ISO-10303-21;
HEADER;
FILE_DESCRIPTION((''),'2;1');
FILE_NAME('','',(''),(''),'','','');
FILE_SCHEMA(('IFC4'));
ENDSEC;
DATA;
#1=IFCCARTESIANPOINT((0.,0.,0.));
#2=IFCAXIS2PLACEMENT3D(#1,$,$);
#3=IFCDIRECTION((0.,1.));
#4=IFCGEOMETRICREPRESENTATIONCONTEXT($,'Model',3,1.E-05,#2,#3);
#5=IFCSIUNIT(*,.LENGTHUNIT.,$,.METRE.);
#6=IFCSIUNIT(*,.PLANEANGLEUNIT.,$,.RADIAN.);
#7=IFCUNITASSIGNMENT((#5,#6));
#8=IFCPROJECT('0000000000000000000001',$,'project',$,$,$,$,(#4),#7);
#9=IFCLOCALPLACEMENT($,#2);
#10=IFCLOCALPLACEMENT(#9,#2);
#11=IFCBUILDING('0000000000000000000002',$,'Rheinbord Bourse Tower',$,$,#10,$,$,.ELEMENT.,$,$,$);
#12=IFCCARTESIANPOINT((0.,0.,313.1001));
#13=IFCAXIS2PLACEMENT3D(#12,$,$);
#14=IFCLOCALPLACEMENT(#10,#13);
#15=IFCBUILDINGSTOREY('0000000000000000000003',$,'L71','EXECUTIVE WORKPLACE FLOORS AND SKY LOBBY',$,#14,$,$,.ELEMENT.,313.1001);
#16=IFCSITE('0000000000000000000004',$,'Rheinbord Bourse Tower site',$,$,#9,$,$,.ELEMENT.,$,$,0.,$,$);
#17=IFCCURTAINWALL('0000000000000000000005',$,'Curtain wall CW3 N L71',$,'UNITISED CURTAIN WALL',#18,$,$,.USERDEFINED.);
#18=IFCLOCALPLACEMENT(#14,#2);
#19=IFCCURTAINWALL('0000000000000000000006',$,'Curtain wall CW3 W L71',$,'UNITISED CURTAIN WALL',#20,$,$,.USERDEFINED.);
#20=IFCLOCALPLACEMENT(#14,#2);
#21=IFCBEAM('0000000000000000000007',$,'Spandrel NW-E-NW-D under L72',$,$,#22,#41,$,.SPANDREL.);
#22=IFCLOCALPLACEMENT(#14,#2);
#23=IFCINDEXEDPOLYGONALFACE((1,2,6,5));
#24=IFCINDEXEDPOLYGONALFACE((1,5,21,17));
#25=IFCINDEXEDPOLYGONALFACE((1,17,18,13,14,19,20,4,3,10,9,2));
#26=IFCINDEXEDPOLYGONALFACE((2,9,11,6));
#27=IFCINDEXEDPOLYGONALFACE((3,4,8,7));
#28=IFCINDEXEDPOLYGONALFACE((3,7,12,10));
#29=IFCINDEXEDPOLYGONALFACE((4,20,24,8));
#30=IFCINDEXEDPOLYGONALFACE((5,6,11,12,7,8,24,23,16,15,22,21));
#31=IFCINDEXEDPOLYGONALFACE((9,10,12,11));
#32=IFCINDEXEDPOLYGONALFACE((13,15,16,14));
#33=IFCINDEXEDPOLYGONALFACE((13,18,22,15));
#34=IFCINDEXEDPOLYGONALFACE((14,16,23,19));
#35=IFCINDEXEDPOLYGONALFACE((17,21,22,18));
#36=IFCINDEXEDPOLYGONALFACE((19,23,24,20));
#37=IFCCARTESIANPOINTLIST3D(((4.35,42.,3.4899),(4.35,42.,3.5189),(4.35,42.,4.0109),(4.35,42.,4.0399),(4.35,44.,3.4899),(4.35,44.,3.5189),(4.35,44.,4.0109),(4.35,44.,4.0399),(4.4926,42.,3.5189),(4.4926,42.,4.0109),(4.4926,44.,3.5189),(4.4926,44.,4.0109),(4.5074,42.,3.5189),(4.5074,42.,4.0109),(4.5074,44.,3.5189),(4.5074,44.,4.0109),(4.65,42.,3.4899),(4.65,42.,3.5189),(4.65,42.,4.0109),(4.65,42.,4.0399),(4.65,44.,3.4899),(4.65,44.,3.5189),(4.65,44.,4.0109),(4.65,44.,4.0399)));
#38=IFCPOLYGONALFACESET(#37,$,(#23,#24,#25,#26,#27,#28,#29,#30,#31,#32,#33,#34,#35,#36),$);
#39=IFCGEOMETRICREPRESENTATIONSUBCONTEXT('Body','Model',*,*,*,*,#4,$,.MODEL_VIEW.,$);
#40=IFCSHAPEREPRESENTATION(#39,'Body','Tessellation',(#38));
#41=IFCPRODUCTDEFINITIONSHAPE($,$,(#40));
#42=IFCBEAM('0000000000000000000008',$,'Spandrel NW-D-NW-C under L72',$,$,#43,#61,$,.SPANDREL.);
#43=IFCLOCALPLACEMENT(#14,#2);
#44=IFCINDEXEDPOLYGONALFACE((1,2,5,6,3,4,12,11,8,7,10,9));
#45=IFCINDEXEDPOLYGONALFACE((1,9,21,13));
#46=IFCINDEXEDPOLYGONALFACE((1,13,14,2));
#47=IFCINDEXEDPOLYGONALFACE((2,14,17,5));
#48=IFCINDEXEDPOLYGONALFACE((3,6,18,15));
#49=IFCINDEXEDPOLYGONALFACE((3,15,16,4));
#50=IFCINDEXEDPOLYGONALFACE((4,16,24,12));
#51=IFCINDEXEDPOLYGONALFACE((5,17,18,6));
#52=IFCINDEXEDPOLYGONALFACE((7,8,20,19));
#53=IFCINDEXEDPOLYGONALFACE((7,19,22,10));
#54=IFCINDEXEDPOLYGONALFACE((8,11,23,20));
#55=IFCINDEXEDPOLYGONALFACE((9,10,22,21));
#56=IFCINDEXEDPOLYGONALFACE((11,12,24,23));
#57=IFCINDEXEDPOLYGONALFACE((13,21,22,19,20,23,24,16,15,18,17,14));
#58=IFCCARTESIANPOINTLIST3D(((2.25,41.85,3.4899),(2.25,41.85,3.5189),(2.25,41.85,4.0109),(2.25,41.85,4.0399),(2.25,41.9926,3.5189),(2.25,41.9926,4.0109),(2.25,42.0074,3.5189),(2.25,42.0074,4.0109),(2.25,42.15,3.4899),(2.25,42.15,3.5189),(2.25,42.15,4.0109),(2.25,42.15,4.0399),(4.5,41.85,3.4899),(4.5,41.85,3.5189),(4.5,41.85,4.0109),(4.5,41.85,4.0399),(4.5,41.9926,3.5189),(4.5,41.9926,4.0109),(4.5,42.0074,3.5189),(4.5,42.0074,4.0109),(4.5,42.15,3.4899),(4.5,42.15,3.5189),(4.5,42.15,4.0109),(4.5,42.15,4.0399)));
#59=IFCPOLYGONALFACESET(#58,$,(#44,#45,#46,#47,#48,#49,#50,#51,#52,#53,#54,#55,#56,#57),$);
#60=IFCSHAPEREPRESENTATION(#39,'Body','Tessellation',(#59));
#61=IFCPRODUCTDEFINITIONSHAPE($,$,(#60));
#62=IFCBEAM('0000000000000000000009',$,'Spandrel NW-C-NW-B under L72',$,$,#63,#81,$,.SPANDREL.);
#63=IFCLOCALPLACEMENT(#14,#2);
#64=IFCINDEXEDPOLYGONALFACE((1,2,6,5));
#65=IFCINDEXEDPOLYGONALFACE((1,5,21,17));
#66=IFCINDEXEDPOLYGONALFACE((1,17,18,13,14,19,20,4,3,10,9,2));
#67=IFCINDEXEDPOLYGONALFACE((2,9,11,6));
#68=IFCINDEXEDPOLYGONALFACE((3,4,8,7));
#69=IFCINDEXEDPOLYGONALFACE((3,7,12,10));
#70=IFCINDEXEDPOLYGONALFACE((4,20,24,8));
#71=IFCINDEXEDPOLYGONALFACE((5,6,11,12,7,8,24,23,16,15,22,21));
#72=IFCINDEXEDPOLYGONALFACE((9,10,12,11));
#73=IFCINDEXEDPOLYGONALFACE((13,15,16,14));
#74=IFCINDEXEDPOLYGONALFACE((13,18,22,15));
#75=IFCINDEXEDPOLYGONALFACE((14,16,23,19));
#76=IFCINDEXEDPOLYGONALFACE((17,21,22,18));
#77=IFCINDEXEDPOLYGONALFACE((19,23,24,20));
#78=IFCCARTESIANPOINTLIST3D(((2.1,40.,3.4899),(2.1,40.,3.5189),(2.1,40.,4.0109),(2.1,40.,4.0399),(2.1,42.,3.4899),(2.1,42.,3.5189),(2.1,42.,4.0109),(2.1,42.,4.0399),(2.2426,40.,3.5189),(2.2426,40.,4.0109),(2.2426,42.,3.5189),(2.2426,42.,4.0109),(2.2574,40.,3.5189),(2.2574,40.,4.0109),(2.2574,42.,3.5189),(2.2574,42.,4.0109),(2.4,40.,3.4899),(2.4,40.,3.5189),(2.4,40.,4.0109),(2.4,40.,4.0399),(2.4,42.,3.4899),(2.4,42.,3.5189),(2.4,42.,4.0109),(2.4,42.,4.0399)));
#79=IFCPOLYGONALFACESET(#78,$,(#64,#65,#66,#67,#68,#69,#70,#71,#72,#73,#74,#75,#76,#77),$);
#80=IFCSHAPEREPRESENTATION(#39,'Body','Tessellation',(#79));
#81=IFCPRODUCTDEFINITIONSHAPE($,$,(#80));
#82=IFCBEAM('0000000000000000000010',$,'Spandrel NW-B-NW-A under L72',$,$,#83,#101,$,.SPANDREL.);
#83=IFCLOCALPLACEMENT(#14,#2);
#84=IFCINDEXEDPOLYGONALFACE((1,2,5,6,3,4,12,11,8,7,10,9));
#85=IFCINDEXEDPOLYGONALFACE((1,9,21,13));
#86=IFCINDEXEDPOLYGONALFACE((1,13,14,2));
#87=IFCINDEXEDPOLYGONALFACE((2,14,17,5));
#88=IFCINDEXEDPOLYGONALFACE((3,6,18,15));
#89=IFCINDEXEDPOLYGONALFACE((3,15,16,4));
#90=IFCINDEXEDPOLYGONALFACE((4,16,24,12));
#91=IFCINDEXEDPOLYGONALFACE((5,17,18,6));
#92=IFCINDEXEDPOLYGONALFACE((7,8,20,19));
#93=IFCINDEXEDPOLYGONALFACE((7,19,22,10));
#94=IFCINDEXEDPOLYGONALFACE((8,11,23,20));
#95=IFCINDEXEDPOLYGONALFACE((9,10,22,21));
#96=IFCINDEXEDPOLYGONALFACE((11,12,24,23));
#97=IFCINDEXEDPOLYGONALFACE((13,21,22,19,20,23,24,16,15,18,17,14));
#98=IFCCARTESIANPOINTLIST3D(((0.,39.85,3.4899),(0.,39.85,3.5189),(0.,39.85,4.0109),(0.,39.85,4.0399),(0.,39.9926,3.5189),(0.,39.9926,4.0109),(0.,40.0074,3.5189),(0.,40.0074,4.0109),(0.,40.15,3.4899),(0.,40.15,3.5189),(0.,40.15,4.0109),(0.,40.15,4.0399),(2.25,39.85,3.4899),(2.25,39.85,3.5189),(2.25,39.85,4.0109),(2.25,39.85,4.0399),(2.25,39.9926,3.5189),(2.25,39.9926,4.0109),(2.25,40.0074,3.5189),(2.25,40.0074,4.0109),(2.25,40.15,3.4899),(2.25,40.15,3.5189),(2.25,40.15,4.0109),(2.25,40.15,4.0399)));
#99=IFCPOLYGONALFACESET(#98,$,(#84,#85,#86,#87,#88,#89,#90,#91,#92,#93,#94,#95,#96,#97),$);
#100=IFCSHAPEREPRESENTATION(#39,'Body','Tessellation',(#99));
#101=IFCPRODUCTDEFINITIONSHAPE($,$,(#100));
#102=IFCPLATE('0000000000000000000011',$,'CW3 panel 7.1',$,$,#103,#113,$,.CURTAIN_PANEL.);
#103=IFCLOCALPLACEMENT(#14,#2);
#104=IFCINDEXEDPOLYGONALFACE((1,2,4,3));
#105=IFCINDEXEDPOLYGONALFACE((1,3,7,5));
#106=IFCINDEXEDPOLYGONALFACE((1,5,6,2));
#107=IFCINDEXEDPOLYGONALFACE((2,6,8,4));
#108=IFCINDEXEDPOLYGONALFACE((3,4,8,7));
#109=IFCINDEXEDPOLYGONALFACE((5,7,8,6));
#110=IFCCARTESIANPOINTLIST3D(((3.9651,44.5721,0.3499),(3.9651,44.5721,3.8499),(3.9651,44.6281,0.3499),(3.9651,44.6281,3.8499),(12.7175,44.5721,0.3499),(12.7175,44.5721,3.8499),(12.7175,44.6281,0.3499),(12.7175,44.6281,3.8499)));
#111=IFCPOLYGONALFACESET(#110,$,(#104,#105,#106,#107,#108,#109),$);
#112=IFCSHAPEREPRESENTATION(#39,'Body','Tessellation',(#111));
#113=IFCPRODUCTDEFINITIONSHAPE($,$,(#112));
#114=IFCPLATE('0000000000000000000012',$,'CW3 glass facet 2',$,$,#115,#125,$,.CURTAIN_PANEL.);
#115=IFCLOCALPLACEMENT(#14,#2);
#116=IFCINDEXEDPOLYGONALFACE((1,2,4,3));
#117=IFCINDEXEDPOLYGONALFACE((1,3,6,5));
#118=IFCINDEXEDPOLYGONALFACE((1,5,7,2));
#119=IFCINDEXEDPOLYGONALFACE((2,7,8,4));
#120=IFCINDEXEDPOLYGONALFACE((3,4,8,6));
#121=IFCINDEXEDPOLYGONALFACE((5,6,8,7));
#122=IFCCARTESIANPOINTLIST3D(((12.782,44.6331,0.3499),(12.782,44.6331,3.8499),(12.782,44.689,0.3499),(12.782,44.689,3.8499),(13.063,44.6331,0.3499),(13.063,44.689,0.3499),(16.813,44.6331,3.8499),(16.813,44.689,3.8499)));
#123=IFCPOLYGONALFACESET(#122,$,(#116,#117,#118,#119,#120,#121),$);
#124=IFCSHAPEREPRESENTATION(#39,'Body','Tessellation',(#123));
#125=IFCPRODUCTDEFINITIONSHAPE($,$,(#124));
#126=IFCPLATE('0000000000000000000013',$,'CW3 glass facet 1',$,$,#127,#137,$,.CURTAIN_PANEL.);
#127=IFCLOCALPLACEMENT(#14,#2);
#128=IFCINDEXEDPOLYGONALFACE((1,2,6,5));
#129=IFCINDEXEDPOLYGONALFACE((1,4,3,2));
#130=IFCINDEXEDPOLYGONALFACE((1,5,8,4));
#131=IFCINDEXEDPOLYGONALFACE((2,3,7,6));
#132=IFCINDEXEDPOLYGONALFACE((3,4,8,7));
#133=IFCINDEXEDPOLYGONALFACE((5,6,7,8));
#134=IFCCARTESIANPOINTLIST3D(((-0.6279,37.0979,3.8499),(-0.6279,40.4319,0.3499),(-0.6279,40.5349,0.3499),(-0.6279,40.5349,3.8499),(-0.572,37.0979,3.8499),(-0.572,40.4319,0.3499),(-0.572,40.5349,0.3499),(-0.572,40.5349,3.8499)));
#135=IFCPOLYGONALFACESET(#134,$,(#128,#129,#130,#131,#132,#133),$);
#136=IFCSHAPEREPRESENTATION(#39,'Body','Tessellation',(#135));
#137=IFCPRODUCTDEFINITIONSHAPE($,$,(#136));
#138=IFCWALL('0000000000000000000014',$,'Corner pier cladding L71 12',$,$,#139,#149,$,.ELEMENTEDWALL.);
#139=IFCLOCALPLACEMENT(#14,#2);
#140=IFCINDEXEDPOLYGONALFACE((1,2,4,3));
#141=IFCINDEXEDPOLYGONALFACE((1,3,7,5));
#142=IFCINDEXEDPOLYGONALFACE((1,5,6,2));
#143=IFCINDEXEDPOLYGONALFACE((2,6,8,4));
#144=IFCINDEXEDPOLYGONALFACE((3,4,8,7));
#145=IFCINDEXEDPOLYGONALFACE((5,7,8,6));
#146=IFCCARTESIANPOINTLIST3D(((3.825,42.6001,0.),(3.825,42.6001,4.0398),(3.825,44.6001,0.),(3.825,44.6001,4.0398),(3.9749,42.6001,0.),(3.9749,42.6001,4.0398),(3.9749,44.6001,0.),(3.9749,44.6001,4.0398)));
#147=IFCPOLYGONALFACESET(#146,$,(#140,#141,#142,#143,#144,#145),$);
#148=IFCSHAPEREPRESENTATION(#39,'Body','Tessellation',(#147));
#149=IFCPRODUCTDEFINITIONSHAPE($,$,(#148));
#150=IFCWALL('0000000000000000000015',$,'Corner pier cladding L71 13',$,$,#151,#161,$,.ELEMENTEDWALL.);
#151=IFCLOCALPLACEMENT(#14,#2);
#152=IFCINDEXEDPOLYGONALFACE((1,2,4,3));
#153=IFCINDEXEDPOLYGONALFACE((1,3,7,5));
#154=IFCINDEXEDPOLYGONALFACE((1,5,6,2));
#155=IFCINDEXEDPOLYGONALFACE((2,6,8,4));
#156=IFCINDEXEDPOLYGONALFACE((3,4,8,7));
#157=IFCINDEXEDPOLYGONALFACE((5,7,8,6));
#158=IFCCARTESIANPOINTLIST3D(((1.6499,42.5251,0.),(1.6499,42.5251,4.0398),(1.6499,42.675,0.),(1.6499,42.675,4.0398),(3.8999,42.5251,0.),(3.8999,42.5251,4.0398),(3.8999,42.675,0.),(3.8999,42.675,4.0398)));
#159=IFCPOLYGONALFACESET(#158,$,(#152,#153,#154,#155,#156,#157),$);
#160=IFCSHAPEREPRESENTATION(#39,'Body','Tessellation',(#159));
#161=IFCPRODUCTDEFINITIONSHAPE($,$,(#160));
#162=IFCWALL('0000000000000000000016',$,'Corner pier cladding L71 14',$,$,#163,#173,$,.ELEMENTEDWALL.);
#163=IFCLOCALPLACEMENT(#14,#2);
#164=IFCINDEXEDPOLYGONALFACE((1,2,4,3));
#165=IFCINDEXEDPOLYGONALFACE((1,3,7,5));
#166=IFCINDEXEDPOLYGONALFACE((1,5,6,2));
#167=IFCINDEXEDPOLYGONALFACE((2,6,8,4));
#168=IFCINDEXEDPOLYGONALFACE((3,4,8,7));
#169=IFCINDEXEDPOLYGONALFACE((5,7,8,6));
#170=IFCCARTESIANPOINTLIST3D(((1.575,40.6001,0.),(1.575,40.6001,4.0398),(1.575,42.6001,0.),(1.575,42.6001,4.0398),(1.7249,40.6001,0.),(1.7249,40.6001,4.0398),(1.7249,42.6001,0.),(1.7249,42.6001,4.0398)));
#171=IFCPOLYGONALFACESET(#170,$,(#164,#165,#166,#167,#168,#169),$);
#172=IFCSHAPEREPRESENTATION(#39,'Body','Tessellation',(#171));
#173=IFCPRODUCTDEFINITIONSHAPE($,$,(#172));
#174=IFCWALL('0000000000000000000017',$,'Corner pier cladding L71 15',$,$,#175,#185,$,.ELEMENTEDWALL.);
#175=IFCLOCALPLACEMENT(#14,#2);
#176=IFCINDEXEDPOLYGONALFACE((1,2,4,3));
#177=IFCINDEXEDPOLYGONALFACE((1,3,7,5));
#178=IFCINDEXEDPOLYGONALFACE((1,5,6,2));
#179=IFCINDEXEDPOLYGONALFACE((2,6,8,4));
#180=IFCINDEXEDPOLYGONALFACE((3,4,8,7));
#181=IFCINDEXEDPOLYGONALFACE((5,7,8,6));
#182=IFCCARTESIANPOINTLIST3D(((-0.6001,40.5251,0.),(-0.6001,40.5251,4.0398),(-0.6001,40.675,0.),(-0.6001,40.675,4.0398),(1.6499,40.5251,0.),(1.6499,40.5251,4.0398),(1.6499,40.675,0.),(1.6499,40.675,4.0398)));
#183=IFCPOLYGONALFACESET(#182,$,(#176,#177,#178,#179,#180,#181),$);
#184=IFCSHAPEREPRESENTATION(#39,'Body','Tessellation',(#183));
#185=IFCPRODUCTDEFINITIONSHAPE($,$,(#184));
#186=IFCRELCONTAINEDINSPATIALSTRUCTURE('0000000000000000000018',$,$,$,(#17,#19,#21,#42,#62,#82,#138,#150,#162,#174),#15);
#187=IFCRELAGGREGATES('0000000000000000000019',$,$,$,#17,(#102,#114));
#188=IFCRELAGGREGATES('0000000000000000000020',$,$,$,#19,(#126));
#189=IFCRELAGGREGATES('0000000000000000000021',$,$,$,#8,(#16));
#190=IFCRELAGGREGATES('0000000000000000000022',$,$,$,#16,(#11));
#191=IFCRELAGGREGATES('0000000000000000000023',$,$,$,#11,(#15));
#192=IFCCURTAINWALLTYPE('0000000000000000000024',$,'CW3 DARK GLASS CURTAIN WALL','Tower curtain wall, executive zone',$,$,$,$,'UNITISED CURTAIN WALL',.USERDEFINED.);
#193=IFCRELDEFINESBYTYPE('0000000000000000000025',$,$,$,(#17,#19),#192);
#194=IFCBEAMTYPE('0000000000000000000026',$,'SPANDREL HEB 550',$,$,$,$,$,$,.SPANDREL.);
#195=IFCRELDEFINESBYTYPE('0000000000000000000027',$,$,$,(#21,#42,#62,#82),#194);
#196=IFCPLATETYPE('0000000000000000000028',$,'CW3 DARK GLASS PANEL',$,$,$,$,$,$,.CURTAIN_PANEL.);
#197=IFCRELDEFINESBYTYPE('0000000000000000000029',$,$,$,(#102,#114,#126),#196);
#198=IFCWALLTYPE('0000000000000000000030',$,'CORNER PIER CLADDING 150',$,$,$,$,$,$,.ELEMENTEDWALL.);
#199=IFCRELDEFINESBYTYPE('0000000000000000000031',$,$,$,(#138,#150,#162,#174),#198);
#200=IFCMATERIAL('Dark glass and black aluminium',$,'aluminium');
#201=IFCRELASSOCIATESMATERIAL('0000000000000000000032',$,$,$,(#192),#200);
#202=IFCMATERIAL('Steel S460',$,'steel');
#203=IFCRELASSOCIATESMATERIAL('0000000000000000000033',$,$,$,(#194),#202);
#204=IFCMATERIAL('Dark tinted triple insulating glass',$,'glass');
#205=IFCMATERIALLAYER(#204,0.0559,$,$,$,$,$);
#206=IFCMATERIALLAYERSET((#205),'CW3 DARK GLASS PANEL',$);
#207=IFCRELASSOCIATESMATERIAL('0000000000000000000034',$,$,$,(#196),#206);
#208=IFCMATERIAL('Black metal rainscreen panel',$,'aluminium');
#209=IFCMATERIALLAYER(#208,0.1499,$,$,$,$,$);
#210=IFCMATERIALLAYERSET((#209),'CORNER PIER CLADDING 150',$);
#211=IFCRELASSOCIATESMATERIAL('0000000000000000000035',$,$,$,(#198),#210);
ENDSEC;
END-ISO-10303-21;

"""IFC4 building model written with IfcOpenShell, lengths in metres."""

from ifc_helpers import new_model, si_unit, direction, frame, frame_2d, origin, origin_2d, place, context, subcontext, project, spatial, polyline, rectangle, i_section, outline, extrude, material, layer, layer_set, material_profile, profile_set, type_object, element, aggregate, save


model = new_model("IFC4")

# Units and contexts
model_context = context("Model", 3, precision=1e-05, world=origin(), true_north=direction((0.0, 1.0)))
body_context = subcontext(model_context, "Body", "Model", "MODEL_VIEW")
ifc_project = project(units=[si_unit("LENGTHUNIT", "METRE"), si_unit("PLANEANGLEUNIT", "RADIAN")], contexts=[model_context])

# Site, building, storey
site_placement = place(None, origin())
site = spatial("IfcSite", under=ifc_project, at=site_placement, Name="Rheinbord Bourse Tower site", CompositionType="ELEMENT", RefElevation=0.0)
building_placement = place(site_placement, origin())
building = spatial("IfcBuilding", under=site, at=building_placement, Name="Rheinbord Bourse Tower", CompositionType="ELEMENT")
storey_placement = place(building_placement, frame((0.0, 0.0, 313.1001)))
storey = spatial("IfcBuildingStorey", under=building, at=storey_placement, Name="L71", Description="EXECUTIVE WORKPLACE FLOORS AND SKY LOBBY", CompositionType="ELEMENT", Elevation=313.1001)

# Curtain wall
ifc_material_1 = material(Name="Dark glass and black aluminium", Category="aluminium")
curtain_wall_type = type_object("IfcCurtainWallType", Name="CW3 DARK GLASS CURTAIN WALL", Description="Tower curtain wall, executive zone", ElementType="UNITISED CURTAIN WALL", PredefinedType="USERDEFINED", material=ifc_material_1)
curtain_wall_1_placement = place(storey_placement, origin())
curtain_wall_1 = element("IfcCurtainWall", 1, at=curtain_wall_1_placement, inside=storey, type_object=curtain_wall_type, Name="Curtain wall CW3 N L71", ObjectType="UNITISED CURTAIN WALL", PredefinedType="USERDEFINED")

# Curtain wall
curtain_wall_2_placement = place(storey_placement, origin())
curtain_wall_2 = element("IfcCurtainWall", 2, at=curtain_wall_2_placement, inside=storey, type_object=curtain_wall_type, Name="Curtain wall CW3 W L71", ObjectType="UNITISED CURTAIN WALL", PredefinedType="USERDEFINED")

# Beams
ifc_material_2 = material(Name="Steel S460", Category="steel")
ifc_material_profile_1 = material_profile(ifc_material_2, i_section(OverallWidth=0.3, OverallDepth=0.55, WebThickness=0.0149, FlangeThickness=0.0291, at=origin_2d()), Name="HEB 550")
ifc_profile_set_1 = profile_set([ifc_material_profile_1], Name="Steel S460")
beam_type_1 = type_object("IfcBeamType", Name="SPANDREL HEB 550", PredefinedType="SPANDREL", material=ifc_profile_set_1)
beam_1_placement = place(storey_placement, frame((4.5, 44.0, 3.7649), z_axis=(0.0, -1.0, 0.0), x_axis=(1.0, 0.0, 0.0)))
element("IfcBeam", 3, at=beam_1_placement, inside=storey, type_object=beam_type_1, Name="Spandrel NW-E-NW-D under L72", PredefinedType="SPANDREL", context=body_context, shape_type="SweptSolid", body=[
    extrude(i_section(OverallWidth=0.3, OverallDepth=0.55, WebThickness=0.0149, FlangeThickness=0.0291, at=origin_2d()), origin(), (0.0, 0.0, 1.0), 2.0),
])
beam_2_placement = place(storey_placement, frame((4.5, 42.0, 3.7649), z_axis=(-1.0, 0.0, 0.0), x_axis=(0.0, -1.0, 0.0)))
element("IfcBeam", 4, at=beam_2_placement, inside=storey, type_object=beam_type_1, Name="Spandrel NW-D-NW-C under L72", PredefinedType="SPANDREL", context=body_context, shape_type="SweptSolid", body=[
    extrude(i_section(OverallWidth=0.3, OverallDepth=0.55, WebThickness=0.0149, FlangeThickness=0.0291, at=origin_2d()), origin(), (0.0, 0.0, 1.0), 2.25),
])
beam_3_placement = place(storey_placement, frame((2.25, 42.0, 3.7649), z_axis=(0.0, -1.0, 0.0), x_axis=(1.0, 0.0, 0.0)))
element("IfcBeam", 5, at=beam_3_placement, inside=storey, type_object=beam_type_1, Name="Spandrel NW-C-NW-B under L72", PredefinedType="SPANDREL", context=body_context, shape_type="SweptSolid", body=[
    extrude(i_section(OverallWidth=0.3, OverallDepth=0.55, WebThickness=0.0149, FlangeThickness=0.0291, at=origin_2d()), origin(), (0.0, 0.0, 1.0), 2.0),
])
beam_4_placement = place(storey_placement, frame((2.25, 40.0, 3.7649), z_axis=(-1.0, 0.0, 0.0), x_axis=(0.0, -1.0, 0.0)))
element("IfcBeam", 6, at=beam_4_placement, inside=storey, type_object=beam_type_1, Name="Spandrel NW-B-NW-A under L72", PredefinedType="SPANDREL", context=body_context, shape_type="SweptSolid", body=[
    extrude(i_section(OverallWidth=0.3, OverallDepth=0.55, WebThickness=0.0149, FlangeThickness=0.0291, at=origin_2d()), origin(), (0.0, 0.0, 1.0), 2.25),
])

# Plates
ifc_material_3 = material(Name="Dark tinted triple insulating glass", Category="glass")
ifc_layer_1 = layer(ifc_material_3, 0.0559)
ifc_layer_set_1 = layer_set([ifc_layer_1], Name="CW3 DARK GLASS PANEL")
plate_type = type_object("IfcPlateType", Name="CW3 DARK GLASS PANEL", PredefinedType="CURTAIN_PANEL", material=ifc_layer_set_1)
plate_1_placement = place(storey_placement, frame((8.3413, 44.6001, 0.3499), z_axis=(0.0, 0.0, 1.0), x_axis=(-1.0, 0.0, 0.0)))
plate_1 = element("IfcPlate", 7, at=plate_1_placement, type_object=plate_type, Name="CW3 panel 7.1", PredefinedType="CURTAIN_PANEL", context=body_context, shape_type="SweptSolid", body=[
    extrude(rectangle(XDim=8.7524, YDim=0.0559, at=origin_2d()), origin(), (0.0, 0.0, 1.0), 3.5),
])
plate_2_placement = place(storey_placement, frame((12.782, 44.689, 3.8499), z_axis=(0.0, -1.0, 0.0), x_axis=(0.0, 0.0, -1.0)))
plate_2 = element("IfcPlate", 8, at=plate_2_placement, type_object=plate_type, Name="CW3 glass facet 2", PredefinedType="CURTAIN_PANEL", context=body_context, shape_type="SweptSolid", body=[
    extrude(outline(polyline([(0.0, 0.0), (3.5, 0.0), (3.5, 0.281), (0.0, 4.031), (0.0, 0.0)])), origin(), (0.0, 0.0, 1.0), 0.0559),
])
aggregate(curtain_wall_1, [plate_1, plate_2])
plate_3_placement = place(storey_placement, frame((-0.6279, 40.5349, 0.3499), z_axis=(1.0, 0.0, 0.0), x_axis=(0.0, 0.0, 1.0)))
plate_3 = element("IfcPlate", 9, at=plate_3_placement, type_object=plate_type, Name="CW3 glass facet 1", PredefinedType="CURTAIN_PANEL", context=body_context, shape_type="SweptSolid", body=[
    extrude(outline(polyline([(0.0, 0.0), (3.5, 0.0), (3.5, 3.437), (0.0, 0.103), (0.0, 0.0)])), origin(), (0.0, 0.0, 1.0), 0.0559),
])
aggregate(curtain_wall_2, [plate_3])

# Walls
ifc_material_4 = material(Name="Black metal rainscreen panel", Category="aluminium")
ifc_layer_2 = layer(ifc_material_4, 0.1499)
ifc_layer_set_2 = layer_set([ifc_layer_2], Name="CORNER PIER CLADDING 150")
wall_type = type_object("IfcWallType", Name="CORNER PIER CLADDING 150", PredefinedType="ELEMENTEDWALL", material=ifc_layer_set_2)
wall_1_placement = place(storey_placement, frame((3.8999, 44.6001, 0.0), z_axis=(0.0, 0.0, 1.0), x_axis=(0.0, -1.0, 0.0)))
element("IfcWall", 10, at=wall_1_placement, inside=storey, type_object=wall_type, Name="Corner pier cladding L71 12", PredefinedType="ELEMENTEDWALL", context=body_context, shape_type="SweptSolid", body=[
    extrude(rectangle(XDim=2.0, YDim=0.1499, at=frame_2d((1.0, 0.0))), origin(), (0.0, 0.0, 1.0), 4.0398),
])
wall_2_placement = place(storey_placement, frame((3.8999, 42.6001, 0.0), z_axis=(0.0, 0.0, 1.0), x_axis=(-1.0, 0.0, 0.0)))
element("IfcWall", 11, at=wall_2_placement, inside=storey, type_object=wall_type, Name="Corner pier cladding L71 13", PredefinedType="ELEMENTEDWALL", context=body_context, shape_type="SweptSolid", body=[
    extrude(rectangle(XDim=2.25, YDim=0.1499, at=frame_2d((1.125, 0.0))), origin(), (0.0, 0.0, 1.0), 4.0398),
])
wall_3_placement = place(storey_placement, frame((1.6499, 42.6001, 0.0), z_axis=(0.0, 0.0, 1.0), x_axis=(0.0, -1.0, 0.0)))
element("IfcWall", 12, at=wall_3_placement, inside=storey, type_object=wall_type, Name="Corner pier cladding L71 14", PredefinedType="ELEMENTEDWALL", context=body_context, shape_type="SweptSolid", body=[
    extrude(rectangle(XDim=2.0, YDim=0.1499, at=frame_2d((1.0, 0.0))), origin(), (0.0, 0.0, 1.0), 4.0398),
])
wall_4_placement = place(storey_placement, frame((1.6499, 40.6001, 0.0), z_axis=(0.0, 0.0, 1.0), x_axis=(-1.0, 0.0, 0.0)))
element("IfcWall", 13, at=wall_4_placement, inside=storey, type_object=wall_type, Name="Corner pier cladding L71 15", PredefinedType="ELEMENTEDWALL", context=body_context, shape_type="SweptSolid", body=[
    extrude(rectangle(XDim=2.25, YDim=0.1499, at=frame_2d((1.125, 0.0))), origin(), (0.0, 0.0, 1.0), 4.0398),
])

save(model, "model.ifc")
